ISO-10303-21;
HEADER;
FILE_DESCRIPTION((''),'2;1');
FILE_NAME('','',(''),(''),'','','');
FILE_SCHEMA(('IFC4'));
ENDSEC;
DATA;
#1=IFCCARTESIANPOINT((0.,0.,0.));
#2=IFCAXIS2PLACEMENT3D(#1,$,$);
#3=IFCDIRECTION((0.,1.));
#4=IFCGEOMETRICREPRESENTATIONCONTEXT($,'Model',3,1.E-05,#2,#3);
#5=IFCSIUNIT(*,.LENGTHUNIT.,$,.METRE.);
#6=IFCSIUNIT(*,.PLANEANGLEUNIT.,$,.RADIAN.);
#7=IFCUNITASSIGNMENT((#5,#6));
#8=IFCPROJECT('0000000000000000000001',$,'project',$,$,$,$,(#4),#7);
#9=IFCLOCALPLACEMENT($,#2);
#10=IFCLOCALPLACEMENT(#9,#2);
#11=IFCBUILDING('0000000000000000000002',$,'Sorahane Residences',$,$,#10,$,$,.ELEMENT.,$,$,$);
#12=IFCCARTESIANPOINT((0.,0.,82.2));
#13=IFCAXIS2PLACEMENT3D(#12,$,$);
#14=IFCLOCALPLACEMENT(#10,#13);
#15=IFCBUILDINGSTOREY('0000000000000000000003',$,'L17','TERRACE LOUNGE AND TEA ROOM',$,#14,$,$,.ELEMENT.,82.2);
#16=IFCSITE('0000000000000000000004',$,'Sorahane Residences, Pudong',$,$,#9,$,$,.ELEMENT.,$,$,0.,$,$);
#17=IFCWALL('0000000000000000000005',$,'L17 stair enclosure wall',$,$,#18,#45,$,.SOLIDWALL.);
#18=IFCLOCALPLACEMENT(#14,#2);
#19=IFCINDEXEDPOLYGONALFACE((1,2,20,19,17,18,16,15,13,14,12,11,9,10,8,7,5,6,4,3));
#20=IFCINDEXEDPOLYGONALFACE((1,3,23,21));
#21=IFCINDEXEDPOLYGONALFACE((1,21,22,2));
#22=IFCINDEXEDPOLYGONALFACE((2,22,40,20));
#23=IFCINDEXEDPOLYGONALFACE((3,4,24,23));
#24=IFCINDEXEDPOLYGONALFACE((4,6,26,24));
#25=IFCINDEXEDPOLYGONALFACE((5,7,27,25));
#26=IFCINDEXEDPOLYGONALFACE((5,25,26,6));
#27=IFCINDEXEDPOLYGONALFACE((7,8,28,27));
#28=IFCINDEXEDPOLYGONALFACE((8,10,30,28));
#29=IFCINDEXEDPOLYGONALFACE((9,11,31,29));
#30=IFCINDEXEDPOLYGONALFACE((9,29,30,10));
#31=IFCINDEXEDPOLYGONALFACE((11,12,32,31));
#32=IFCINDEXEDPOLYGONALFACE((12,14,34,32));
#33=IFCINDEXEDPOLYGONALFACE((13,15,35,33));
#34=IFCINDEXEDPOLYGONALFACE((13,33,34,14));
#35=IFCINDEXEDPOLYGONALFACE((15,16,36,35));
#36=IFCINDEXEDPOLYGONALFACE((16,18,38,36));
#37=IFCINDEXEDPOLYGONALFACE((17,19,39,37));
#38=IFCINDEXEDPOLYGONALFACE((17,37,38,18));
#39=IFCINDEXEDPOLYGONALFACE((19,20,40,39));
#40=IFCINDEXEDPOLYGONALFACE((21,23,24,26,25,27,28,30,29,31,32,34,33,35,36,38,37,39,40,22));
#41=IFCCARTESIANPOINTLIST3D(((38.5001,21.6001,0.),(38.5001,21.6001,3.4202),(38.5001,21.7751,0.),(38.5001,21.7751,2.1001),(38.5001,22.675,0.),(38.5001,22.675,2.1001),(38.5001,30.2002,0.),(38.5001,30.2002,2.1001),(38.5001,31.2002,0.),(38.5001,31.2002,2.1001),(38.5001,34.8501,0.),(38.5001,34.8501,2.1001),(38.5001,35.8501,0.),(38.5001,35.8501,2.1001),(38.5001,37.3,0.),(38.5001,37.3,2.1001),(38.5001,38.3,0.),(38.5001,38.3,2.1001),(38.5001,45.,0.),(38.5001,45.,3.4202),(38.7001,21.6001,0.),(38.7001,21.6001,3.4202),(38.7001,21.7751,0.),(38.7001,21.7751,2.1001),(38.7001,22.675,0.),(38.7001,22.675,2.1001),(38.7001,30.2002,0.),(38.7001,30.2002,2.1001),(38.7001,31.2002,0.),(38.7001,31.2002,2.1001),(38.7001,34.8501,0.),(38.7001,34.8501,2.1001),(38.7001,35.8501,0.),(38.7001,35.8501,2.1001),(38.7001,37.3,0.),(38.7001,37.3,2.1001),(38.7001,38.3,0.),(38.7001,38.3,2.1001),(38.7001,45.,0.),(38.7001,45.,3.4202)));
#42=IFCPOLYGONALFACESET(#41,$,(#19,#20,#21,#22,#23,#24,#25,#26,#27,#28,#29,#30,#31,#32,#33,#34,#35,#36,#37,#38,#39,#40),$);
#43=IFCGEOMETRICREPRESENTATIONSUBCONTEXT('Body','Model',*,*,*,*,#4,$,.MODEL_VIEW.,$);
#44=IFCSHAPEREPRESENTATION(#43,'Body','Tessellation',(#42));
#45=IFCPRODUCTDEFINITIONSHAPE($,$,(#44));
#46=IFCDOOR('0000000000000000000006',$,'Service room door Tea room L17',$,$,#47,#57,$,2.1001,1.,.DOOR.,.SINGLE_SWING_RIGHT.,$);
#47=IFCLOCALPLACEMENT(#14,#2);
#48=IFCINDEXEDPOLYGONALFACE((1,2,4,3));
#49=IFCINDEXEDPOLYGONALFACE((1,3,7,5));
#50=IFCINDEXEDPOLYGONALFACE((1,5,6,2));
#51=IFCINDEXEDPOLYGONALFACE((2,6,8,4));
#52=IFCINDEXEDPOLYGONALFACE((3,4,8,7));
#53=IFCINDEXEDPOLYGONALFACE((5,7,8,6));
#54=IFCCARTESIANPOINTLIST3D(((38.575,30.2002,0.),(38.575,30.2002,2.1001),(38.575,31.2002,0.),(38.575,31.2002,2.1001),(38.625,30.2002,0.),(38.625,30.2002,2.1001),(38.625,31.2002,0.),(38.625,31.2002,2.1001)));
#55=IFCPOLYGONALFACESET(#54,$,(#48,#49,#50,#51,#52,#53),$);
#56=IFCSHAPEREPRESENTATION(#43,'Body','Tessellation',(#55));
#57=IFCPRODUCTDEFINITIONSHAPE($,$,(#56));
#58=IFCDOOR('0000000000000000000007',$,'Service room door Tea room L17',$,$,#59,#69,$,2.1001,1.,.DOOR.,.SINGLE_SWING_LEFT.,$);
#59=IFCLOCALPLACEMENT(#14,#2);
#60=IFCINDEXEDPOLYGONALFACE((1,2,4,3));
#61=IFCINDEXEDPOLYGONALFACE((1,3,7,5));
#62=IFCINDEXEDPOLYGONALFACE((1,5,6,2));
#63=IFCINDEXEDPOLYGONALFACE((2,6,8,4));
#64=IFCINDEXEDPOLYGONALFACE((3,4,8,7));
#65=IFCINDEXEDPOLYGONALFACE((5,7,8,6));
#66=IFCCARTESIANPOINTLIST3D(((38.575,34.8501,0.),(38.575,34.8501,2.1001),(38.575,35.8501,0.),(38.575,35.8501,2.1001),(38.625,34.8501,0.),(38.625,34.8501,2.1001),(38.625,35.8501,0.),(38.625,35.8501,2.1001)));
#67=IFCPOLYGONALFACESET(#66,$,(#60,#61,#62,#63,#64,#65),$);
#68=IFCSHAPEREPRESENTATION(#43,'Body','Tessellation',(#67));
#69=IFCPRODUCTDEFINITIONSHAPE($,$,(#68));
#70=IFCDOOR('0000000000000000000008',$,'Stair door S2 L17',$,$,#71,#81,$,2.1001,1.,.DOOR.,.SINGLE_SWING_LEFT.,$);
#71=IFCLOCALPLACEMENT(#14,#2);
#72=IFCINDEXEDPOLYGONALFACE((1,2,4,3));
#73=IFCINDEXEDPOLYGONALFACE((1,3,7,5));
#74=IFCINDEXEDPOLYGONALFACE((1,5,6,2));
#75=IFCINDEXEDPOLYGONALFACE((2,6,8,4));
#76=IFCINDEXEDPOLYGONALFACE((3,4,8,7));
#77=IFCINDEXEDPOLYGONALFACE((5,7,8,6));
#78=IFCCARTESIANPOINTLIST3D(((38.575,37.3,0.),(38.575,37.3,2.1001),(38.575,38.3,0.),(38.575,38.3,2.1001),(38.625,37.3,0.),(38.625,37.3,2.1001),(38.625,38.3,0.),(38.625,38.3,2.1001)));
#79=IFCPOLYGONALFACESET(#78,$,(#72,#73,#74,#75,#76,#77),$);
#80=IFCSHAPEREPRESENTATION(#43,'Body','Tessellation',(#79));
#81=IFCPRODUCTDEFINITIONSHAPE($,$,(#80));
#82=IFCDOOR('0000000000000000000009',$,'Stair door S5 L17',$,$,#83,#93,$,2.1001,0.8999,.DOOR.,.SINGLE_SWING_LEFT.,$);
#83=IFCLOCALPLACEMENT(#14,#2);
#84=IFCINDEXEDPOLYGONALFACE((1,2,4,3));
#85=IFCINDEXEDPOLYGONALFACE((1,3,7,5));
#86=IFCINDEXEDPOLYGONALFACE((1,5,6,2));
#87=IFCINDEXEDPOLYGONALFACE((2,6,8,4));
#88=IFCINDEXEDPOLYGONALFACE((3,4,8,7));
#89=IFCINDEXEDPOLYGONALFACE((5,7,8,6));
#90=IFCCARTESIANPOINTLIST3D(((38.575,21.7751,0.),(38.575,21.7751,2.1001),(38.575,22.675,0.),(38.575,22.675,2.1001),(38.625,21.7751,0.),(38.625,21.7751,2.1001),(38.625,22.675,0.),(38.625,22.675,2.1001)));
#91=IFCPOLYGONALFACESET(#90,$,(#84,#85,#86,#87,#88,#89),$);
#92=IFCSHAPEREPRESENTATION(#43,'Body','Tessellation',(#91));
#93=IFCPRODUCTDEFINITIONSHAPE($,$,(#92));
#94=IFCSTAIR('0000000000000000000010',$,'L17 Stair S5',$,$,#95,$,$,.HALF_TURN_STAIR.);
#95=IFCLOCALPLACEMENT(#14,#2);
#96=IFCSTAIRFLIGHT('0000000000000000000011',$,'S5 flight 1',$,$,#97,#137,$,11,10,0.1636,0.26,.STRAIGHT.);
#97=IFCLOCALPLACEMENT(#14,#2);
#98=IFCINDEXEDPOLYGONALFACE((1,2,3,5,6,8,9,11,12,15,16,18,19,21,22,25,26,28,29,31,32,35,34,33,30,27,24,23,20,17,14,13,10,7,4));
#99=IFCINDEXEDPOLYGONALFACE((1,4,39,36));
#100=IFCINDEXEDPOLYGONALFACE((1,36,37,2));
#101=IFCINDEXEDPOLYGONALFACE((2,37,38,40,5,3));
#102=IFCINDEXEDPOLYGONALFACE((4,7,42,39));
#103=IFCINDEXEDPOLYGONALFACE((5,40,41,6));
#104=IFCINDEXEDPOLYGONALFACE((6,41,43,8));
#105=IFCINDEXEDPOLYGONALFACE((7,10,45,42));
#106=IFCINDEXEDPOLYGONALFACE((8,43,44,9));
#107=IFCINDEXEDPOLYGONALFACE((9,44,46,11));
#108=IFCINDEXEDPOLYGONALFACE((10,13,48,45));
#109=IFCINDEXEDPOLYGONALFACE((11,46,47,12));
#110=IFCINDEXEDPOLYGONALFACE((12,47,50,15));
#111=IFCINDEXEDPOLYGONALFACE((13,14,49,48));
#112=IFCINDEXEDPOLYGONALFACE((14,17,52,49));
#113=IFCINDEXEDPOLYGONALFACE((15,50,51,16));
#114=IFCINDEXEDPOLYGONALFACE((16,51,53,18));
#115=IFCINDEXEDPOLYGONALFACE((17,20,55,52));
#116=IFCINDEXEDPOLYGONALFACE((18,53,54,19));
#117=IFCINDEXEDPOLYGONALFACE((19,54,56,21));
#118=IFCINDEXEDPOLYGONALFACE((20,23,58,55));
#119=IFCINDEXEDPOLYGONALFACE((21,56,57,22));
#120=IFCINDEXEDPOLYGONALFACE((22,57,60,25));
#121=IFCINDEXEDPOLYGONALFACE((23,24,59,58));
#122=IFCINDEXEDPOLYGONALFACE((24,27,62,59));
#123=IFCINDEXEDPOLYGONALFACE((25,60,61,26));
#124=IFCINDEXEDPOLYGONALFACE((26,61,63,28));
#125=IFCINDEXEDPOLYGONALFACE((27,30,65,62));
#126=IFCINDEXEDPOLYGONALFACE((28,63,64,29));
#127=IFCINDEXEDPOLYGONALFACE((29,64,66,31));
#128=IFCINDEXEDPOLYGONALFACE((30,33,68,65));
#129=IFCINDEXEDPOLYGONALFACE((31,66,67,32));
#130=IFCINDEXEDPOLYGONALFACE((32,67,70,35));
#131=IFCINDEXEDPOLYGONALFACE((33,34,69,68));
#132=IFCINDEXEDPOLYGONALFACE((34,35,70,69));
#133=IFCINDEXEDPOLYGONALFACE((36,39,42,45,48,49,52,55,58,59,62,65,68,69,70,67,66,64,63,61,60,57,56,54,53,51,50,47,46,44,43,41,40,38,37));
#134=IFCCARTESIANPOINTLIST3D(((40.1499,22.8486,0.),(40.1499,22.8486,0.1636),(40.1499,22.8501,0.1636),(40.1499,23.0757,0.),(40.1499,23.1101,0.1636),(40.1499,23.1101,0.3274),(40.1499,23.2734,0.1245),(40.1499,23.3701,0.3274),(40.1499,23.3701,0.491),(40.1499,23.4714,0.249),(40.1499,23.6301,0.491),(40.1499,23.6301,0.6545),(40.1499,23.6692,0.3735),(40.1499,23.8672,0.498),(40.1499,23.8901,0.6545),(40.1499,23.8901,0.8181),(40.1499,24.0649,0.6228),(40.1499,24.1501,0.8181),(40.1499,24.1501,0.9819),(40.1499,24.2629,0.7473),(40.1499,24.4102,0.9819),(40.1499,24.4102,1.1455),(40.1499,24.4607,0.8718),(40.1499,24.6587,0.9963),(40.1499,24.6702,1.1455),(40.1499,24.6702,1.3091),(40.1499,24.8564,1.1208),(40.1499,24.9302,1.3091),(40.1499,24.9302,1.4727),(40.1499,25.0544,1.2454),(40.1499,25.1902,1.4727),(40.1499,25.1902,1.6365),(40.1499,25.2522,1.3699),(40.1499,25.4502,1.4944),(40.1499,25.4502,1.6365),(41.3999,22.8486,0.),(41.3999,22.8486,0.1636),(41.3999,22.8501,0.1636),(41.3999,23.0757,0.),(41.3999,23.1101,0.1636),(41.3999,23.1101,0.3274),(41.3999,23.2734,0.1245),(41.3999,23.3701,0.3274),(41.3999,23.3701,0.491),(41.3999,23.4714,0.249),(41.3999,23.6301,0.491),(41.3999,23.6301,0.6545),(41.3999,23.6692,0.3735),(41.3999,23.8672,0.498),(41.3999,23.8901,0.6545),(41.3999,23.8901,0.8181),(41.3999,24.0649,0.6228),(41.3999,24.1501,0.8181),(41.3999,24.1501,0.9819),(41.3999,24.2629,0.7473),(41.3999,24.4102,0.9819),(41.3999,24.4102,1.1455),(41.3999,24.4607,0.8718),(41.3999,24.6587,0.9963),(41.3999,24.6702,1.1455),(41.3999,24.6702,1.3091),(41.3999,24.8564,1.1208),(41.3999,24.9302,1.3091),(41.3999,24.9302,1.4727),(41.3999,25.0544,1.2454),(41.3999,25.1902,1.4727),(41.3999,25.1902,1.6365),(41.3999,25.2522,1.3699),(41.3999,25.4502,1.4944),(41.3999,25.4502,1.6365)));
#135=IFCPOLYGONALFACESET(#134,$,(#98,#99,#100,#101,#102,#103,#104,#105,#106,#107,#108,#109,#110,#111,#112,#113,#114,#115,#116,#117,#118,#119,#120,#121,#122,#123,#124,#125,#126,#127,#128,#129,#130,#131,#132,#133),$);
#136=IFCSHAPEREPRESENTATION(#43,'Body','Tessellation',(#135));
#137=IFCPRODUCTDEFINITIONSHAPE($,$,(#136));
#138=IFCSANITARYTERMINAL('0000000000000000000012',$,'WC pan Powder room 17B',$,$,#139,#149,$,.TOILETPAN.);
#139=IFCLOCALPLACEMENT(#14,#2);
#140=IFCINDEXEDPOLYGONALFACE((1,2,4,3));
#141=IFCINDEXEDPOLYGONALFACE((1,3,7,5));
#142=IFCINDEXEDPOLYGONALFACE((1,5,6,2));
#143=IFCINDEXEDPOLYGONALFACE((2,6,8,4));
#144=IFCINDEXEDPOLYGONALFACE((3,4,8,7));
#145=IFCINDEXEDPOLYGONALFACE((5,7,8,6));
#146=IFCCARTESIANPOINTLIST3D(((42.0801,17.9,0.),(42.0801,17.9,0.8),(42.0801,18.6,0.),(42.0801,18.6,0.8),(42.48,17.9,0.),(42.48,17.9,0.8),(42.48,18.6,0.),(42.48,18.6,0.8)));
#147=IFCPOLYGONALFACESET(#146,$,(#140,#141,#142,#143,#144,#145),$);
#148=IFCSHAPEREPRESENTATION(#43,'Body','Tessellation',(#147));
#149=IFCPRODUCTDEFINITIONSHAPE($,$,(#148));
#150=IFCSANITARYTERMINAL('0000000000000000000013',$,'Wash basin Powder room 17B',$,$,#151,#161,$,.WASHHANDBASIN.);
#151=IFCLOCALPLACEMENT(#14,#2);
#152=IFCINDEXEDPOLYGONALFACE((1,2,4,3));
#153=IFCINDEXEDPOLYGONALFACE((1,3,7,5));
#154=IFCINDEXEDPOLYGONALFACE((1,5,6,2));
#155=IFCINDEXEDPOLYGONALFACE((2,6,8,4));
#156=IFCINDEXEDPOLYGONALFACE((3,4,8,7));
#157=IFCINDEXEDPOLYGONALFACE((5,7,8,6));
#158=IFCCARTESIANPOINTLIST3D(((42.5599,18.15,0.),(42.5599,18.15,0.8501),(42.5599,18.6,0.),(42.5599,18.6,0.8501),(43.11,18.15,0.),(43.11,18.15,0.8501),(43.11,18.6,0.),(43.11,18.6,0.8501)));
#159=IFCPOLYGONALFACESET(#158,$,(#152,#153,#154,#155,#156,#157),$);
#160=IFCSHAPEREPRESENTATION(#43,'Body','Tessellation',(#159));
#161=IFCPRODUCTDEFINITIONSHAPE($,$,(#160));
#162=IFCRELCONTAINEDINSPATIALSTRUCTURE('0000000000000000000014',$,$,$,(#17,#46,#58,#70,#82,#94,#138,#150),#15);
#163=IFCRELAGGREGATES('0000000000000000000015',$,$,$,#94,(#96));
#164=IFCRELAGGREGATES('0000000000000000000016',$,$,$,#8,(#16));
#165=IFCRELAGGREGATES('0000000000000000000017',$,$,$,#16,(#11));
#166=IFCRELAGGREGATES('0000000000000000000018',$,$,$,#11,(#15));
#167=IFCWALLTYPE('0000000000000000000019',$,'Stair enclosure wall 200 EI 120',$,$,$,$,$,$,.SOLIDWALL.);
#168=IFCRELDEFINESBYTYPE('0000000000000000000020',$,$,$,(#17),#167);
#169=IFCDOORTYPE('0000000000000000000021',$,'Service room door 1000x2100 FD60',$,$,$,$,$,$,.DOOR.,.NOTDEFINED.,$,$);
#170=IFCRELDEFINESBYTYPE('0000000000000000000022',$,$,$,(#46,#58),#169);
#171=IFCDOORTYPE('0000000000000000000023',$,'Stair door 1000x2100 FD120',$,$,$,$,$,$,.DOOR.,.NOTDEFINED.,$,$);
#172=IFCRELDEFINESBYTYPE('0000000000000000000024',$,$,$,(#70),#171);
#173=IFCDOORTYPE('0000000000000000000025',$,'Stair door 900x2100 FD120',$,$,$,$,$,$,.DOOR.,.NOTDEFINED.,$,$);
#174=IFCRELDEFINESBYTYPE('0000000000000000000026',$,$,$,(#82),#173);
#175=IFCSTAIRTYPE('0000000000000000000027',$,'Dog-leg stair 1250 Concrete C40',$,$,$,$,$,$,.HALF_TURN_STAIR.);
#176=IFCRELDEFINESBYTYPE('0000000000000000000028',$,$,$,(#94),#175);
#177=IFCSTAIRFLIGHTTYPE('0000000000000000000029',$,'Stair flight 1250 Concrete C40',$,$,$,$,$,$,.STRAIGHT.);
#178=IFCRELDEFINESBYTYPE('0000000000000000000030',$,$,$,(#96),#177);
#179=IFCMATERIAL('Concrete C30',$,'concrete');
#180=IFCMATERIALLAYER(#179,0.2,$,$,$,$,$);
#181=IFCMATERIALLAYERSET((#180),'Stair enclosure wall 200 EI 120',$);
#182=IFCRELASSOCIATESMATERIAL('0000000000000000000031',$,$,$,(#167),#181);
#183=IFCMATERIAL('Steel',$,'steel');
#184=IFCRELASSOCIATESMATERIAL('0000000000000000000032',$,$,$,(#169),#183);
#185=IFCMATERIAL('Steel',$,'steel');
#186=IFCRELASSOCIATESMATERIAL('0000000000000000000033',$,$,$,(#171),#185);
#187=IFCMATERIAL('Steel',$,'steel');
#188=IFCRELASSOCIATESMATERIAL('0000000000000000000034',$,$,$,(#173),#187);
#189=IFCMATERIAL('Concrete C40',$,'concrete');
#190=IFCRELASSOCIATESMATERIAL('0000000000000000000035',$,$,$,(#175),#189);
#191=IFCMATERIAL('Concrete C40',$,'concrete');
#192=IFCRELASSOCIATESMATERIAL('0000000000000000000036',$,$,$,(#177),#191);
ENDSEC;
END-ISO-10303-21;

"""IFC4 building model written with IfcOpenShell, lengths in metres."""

from ifc_helpers import new_model, si_unit, direction, frame, frame_2d, origin, origin_2d, place, context, subcontext, project, spatial, polyline, rectangle, outline, extrude, material, layer, layer_set, type_object, element, fill, aggregate, save


model = new_model("IFC4")

# Units and contexts
model_context = context("Model", 3, precision=1e-05, world=origin(), true_north=direction((0.0, 1.0)))
body_context = subcontext(model_context, "Body", "Model", "MODEL_VIEW")
ifc_project = project(units=[si_unit("LENGTHUNIT", "METRE"), si_unit("PLANEANGLEUNIT", "RADIAN")], contexts=[model_context])

# Site, building, storey
site_placement = place(None, origin())
site = spatial("IfcSite", under=ifc_project, at=site_placement, Name="Sorahane Residences, Pudong", CompositionType="ELEMENT", RefElevation=0.0)
building_placement = place(site_placement, origin())
building = spatial("IfcBuilding", under=site, at=building_placement, Name="Sorahane Residences", CompositionType="ELEMENT")
storey_placement = place(building_placement, frame((0.0, 0.0, 82.2)))
storey = spatial("IfcBuildingStorey", under=building, at=storey_placement, Name="L17", Description="TERRACE LOUNGE AND TEA ROOM", CompositionType="ELEMENT", Elevation=82.2)

# Wall, openings, doors
ifc_material_1 = material(Name="Concrete C30", Category="concrete")
ifc_layer_1 = layer(ifc_material_1, 0.2)
ifc_layer_set_1 = layer_set([ifc_layer_1], Name="Stair enclosure wall 200 EI 120")
wall_type_1 = type_object("IfcWallType", Name="Stair enclosure wall 200 EI 120", PredefinedType="SOLIDWALL", material=ifc_layer_set_1)
wall_1_placement = place(storey_placement, frame((38.6001, 21.6001, 0.0), z_axis=(0.0, 0.0, 1.0), x_axis=(0.0, 1.0, 0.0)))
wall_1 = element("IfcWall", 1, at=wall_1_placement, inside=storey, type_object=wall_type_1, Name="L17 stair enclosure wall", PredefinedType="SOLIDWALL", context=body_context, shape_type="SweptSolid", body=[
    extrude(rectangle(XDim=23.3999, YDim=0.2, at=frame_2d((11.7, 0.0))), origin(), (0.0, 0.0, 1.0), 3.4202),
])
opening_1_placement = place(wall_1_placement, frame((8.6001, 0.0, 0.0)))
opening_1 = element("IfcOpeningElement", 2, at=opening_1_placement, cuts=wall_1, PredefinedType="OPENING", context=body_context, shape_type="SweptSolid", body=[
    extrude(rectangle(XDim=1.0, YDim=2.1001, at=frame_2d((0.5, 1.05))), frame((0.0, 0.1099, 0.0), z_axis=(0.0, -1.0, 0.0), x_axis=(1.0, 0.0, 0.0)), (0.0, 0.0, 1.0), 0.22),
])
opening_2_placement = place(wall_1_placement, frame((13.25, 0.0, 0.0)))
opening_2 = element("IfcOpeningElement", 3, at=opening_2_placement, cuts=wall_1, PredefinedType="OPENING", context=body_context, shape_type="SweptSolid", body=[
    extrude(rectangle(XDim=1.0, YDim=2.1001, at=frame_2d((0.5, 1.05))), frame((0.0, 0.1099, 0.0), z_axis=(0.0, -1.0, 0.0), x_axis=(1.0, 0.0, 0.0)), (0.0, 0.0, 1.0), 0.22),
])
opening_3_placement = place(wall_1_placement, frame((15.7, 0.0, 0.0)))
opening_3 = element("IfcOpeningElement", 4, at=opening_3_placement, cuts=wall_1, PredefinedType="OPENING", context=body_context, shape_type="SweptSolid", body=[
    extrude(rectangle(XDim=1.0, YDim=2.1001, at=frame_2d((0.5, 1.05))), frame((0.0, 0.1099, 0.0), z_axis=(0.0, -1.0, 0.0), x_axis=(1.0, 0.0, 0.0)), (0.0, 0.0, 1.0), 0.22),
])
opening_4_placement = place(wall_1_placement, frame((0.175, 0.0, 0.0)))
opening_4 = element("IfcOpeningElement", 5, at=opening_4_placement, cuts=wall_1, PredefinedType="OPENING", context=body_context, shape_type="SweptSolid", body=[
    extrude(rectangle(XDim=0.8999, YDim=2.1001, at=frame_2d((0.45, 1.05))), frame((0.0, 0.1099, 0.0), z_axis=(0.0, -1.0, 0.0), x_axis=(1.0, 0.0, 0.0)), (0.0, 0.0, 1.0), 0.22),
])
ifc_material_2 = material(Name="Steel", Category="steel")
door_type_1 = type_object("IfcDoorType", Name="Service room door 1000x2100 FD60", OperationType="NOTDEFINED", PredefinedType="DOOR", material=ifc_material_2)
door_1_placement = place(opening_1_placement, frame((1.0, 0.0, 0.0), z_axis=(0.0, 0.0, 1.0), x_axis=(-1.0, 0.0, 0.0)))
door_1 = element("IfcDoor", 6, at=door_1_placement, inside=storey, type_object=door_type_1, Name="Service room door Tea room L17", OperationType="SINGLE_SWING_RIGHT", OverallHeight=2.1001, OverallWidth=1.0, PredefinedType="DOOR", context=body_context, shape_type="SweptSolid", body=[
    extrude(rectangle(XDim=1.0, YDim=2.1001, at=frame_2d((0.5, 1.05))), frame((0.0, 0.0249, 0.0), z_axis=(0.0, -1.0, 0.0), x_axis=(1.0, 0.0, 0.0)), (0.0, 0.0, 1.0), 0.05),
])
fill(opening_1, door_1)
door_2_placement = place(opening_2_placement, frame((1.0, 0.0, 0.0), z_axis=(0.0, 0.0, 1.0), x_axis=(-1.0, 0.0, 0.0)))
door_2 = element("IfcDoor", 7, at=door_2_placement, inside=storey, type_object=door_type_1, Name="Service room door Tea room L17", OperationType="SINGLE_SWING_LEFT", OverallHeight=2.1001, OverallWidth=1.0, PredefinedType="DOOR", context=body_context, shape_type="SweptSolid", body=[
    extrude(rectangle(XDim=1.0, YDim=2.1001, at=frame_2d((0.5, 1.05))), frame((0.0, 0.0249, 0.0), z_axis=(0.0, -1.0, 0.0), x_axis=(1.0, 0.0, 0.0)), (0.0, 0.0, 1.0), 0.05),
])
fill(opening_2, door_2)
ifc_material_3 = material(Name="Steel", Category="steel")
door_type_2 = type_object("IfcDoorType", Name="Stair door 1000x2100 FD120", OperationType="NOTDEFINED", PredefinedType="DOOR", material=ifc_material_3)
door_3_placement = place(opening_3_placement, frame((1.0, 0.0, 0.0), z_axis=(0.0, 0.0, 1.0), x_axis=(-1.0, 0.0, 0.0)))
door_3 = element("IfcDoor", 8, at=door_3_placement, inside=storey, type_object=door_type_2, Name="Stair door S2 L17", OperationType="SINGLE_SWING_LEFT", OverallHeight=2.1001, OverallWidth=1.0, PredefinedType="DOOR", context=body_context, shape_type="SweptSolid", body=[
    extrude(rectangle(XDim=1.0, YDim=2.1001, at=frame_2d((0.5, 1.05))), frame((0.0, 0.0249, 0.0), z_axis=(0.0, -1.0, 0.0), x_axis=(1.0, 0.0, 0.0)), (0.0, 0.0, 1.0), 0.05),
])
fill(opening_3, door_3)
ifc_material_4 = material(Name="Steel", Category="steel")
door_type_3 = type_object("IfcDoorType", Name="Stair door 900x2100 FD120", OperationType="NOTDEFINED", PredefinedType="DOOR", material=ifc_material_4)
door_4_placement = place(opening_4_placement, frame((0.8999, 0.0, 0.0), z_axis=(0.0, 0.0, 1.0), x_axis=(-1.0, 0.0, 0.0)))
door_4 = element("IfcDoor", 9, at=door_4_placement, inside=storey, type_object=door_type_3, Name="Stair door S5 L17", OperationType="SINGLE_SWING_LEFT", OverallHeight=2.1001, OverallWidth=0.8999, PredefinedType="DOOR", context=body_context, shape_type="SweptSolid", body=[
    extrude(rectangle(XDim=0.8999, YDim=2.1001, at=frame_2d((0.45, 1.05))), frame((0.0, 0.0249, 0.0), z_axis=(0.0, -1.0, 0.0), x_axis=(1.0, 0.0, 0.0)), (0.0, 0.0, 1.0), 0.05),
])
fill(opening_4, door_4)

# Stair, stair flight
ifc_material_5 = material(Name="Concrete C40", Category="concrete")
stair_type = type_object("IfcStairType", Name="Dog-leg stair 1250 Concrete C40", PredefinedType="HALF_TURN_STAIR", material=ifc_material_5)
stair_placement = place(storey_placement, origin())
stair = element("IfcStair", 10, at=stair_placement, inside=storey, type_object=stair_type, Name="L17 Stair S5", PredefinedType="HALF_TURN_STAIR")
ifc_material_6 = material(Name="Concrete C40", Category="concrete")
stair_flight_type = type_object("IfcStairFlightType", Name="Stair flight 1250 Concrete C40", PredefinedType="STRAIGHT", material=ifc_material_6)
stair_flight_placement = place(storey_placement, frame((40.7749, 22.8501, 0.0), z_axis=(0.0, 0.0, 1.0), x_axis=(0.0, 1.0, 0.0)))
stair_flight = element("IfcStairFlight", 11, at=stair_flight_placement, type_object=stair_flight_type, Name="S5 flight 1", NumberOfRisers=11, NumberOfTreads=10, PredefinedType="STRAIGHT", RiserHeight=0.1636, TreadLength=0.26, context=body_context, shape_type="SweptSolid", body=[
    extrude(outline(polyline([(-0.0015, 0.0), (-0.0015, 0.1636), (0.0, 0.1636), (0.26, 0.1636), (0.26, 0.3274), (0.52, 0.3274), (0.52, 0.491), (0.78, 0.491), (0.78, 0.6545), (1.04, 0.6545), (1.04, 0.8181), (1.3, 0.8181), (1.3, 0.9819), (1.5601, 0.9819), (1.5601, 1.1455), (1.8201, 1.1455), (1.8201, 1.3091), (2.0801, 1.3091), (2.0801, 1.4727), (2.3401, 1.4727), (2.3401, 1.6365), (2.6001, 1.6365), (2.6001, 1.8), (2.6001, 1.4944), (2.4021, 1.3699), (2.2043, 1.2454), (2.0063, 1.1208), (1.8086, 0.9963), (1.6106, 0.8718), (1.4128, 0.7473), (1.2148, 0.6228), (1.0171, 0.498), (0.8191, 0.3735), (0.6213, 0.249), (0.4233, 0.1245), (0.2256, 0.0), (-0.0015, 0.0)])), frame((0.0, 0.625, 0.0), z_axis=(0.0, -1.0, 0.0), x_axis=(1.0, 0.0, 0.0)), (0.0, 0.0, 1.0), 1.25),
])
aggregate(stair, [stair_flight])

# Sanitary terminals
sanitary_terminal_1_placement = place(storey_placement, frame((42.28, 18.25, 0.0), z_axis=(0.0, 0.0, 1.0), x_axis=(1.0, 0.0, 0.0)))
element("IfcSanitaryTerminal", 12, at=sanitary_terminal_1_placement, inside=storey, Name="WC pan Powder room 17B", PredefinedType="TOILETPAN", context=body_context, shape_type="SweptSolid", body=[
    extrude(rectangle(XDim=0.3999, YDim=0.7, at=origin_2d()), origin(), (0.0, 0.0, 1.0), 0.8),
])
sanitary_terminal_2_placement = place(storey_placement, frame((42.835, 18.375, 0.0), z_axis=(0.0, 0.0, 1.0), x_axis=(1.0, 0.0, 0.0)))
element("IfcSanitaryTerminal", 13, at=sanitary_terminal_2_placement, inside=storey, Name="Wash basin Powder room 17B", PredefinedType="WASHHANDBASIN", context=body_context, shape_type="SweptSolid", body=[
    extrude(rectangle(XDim=0.55, YDim=0.45, at=origin_2d()), origin(), (0.0, 0.0, 1.0), 0.8501),
])

save(model, "model.ifc")
